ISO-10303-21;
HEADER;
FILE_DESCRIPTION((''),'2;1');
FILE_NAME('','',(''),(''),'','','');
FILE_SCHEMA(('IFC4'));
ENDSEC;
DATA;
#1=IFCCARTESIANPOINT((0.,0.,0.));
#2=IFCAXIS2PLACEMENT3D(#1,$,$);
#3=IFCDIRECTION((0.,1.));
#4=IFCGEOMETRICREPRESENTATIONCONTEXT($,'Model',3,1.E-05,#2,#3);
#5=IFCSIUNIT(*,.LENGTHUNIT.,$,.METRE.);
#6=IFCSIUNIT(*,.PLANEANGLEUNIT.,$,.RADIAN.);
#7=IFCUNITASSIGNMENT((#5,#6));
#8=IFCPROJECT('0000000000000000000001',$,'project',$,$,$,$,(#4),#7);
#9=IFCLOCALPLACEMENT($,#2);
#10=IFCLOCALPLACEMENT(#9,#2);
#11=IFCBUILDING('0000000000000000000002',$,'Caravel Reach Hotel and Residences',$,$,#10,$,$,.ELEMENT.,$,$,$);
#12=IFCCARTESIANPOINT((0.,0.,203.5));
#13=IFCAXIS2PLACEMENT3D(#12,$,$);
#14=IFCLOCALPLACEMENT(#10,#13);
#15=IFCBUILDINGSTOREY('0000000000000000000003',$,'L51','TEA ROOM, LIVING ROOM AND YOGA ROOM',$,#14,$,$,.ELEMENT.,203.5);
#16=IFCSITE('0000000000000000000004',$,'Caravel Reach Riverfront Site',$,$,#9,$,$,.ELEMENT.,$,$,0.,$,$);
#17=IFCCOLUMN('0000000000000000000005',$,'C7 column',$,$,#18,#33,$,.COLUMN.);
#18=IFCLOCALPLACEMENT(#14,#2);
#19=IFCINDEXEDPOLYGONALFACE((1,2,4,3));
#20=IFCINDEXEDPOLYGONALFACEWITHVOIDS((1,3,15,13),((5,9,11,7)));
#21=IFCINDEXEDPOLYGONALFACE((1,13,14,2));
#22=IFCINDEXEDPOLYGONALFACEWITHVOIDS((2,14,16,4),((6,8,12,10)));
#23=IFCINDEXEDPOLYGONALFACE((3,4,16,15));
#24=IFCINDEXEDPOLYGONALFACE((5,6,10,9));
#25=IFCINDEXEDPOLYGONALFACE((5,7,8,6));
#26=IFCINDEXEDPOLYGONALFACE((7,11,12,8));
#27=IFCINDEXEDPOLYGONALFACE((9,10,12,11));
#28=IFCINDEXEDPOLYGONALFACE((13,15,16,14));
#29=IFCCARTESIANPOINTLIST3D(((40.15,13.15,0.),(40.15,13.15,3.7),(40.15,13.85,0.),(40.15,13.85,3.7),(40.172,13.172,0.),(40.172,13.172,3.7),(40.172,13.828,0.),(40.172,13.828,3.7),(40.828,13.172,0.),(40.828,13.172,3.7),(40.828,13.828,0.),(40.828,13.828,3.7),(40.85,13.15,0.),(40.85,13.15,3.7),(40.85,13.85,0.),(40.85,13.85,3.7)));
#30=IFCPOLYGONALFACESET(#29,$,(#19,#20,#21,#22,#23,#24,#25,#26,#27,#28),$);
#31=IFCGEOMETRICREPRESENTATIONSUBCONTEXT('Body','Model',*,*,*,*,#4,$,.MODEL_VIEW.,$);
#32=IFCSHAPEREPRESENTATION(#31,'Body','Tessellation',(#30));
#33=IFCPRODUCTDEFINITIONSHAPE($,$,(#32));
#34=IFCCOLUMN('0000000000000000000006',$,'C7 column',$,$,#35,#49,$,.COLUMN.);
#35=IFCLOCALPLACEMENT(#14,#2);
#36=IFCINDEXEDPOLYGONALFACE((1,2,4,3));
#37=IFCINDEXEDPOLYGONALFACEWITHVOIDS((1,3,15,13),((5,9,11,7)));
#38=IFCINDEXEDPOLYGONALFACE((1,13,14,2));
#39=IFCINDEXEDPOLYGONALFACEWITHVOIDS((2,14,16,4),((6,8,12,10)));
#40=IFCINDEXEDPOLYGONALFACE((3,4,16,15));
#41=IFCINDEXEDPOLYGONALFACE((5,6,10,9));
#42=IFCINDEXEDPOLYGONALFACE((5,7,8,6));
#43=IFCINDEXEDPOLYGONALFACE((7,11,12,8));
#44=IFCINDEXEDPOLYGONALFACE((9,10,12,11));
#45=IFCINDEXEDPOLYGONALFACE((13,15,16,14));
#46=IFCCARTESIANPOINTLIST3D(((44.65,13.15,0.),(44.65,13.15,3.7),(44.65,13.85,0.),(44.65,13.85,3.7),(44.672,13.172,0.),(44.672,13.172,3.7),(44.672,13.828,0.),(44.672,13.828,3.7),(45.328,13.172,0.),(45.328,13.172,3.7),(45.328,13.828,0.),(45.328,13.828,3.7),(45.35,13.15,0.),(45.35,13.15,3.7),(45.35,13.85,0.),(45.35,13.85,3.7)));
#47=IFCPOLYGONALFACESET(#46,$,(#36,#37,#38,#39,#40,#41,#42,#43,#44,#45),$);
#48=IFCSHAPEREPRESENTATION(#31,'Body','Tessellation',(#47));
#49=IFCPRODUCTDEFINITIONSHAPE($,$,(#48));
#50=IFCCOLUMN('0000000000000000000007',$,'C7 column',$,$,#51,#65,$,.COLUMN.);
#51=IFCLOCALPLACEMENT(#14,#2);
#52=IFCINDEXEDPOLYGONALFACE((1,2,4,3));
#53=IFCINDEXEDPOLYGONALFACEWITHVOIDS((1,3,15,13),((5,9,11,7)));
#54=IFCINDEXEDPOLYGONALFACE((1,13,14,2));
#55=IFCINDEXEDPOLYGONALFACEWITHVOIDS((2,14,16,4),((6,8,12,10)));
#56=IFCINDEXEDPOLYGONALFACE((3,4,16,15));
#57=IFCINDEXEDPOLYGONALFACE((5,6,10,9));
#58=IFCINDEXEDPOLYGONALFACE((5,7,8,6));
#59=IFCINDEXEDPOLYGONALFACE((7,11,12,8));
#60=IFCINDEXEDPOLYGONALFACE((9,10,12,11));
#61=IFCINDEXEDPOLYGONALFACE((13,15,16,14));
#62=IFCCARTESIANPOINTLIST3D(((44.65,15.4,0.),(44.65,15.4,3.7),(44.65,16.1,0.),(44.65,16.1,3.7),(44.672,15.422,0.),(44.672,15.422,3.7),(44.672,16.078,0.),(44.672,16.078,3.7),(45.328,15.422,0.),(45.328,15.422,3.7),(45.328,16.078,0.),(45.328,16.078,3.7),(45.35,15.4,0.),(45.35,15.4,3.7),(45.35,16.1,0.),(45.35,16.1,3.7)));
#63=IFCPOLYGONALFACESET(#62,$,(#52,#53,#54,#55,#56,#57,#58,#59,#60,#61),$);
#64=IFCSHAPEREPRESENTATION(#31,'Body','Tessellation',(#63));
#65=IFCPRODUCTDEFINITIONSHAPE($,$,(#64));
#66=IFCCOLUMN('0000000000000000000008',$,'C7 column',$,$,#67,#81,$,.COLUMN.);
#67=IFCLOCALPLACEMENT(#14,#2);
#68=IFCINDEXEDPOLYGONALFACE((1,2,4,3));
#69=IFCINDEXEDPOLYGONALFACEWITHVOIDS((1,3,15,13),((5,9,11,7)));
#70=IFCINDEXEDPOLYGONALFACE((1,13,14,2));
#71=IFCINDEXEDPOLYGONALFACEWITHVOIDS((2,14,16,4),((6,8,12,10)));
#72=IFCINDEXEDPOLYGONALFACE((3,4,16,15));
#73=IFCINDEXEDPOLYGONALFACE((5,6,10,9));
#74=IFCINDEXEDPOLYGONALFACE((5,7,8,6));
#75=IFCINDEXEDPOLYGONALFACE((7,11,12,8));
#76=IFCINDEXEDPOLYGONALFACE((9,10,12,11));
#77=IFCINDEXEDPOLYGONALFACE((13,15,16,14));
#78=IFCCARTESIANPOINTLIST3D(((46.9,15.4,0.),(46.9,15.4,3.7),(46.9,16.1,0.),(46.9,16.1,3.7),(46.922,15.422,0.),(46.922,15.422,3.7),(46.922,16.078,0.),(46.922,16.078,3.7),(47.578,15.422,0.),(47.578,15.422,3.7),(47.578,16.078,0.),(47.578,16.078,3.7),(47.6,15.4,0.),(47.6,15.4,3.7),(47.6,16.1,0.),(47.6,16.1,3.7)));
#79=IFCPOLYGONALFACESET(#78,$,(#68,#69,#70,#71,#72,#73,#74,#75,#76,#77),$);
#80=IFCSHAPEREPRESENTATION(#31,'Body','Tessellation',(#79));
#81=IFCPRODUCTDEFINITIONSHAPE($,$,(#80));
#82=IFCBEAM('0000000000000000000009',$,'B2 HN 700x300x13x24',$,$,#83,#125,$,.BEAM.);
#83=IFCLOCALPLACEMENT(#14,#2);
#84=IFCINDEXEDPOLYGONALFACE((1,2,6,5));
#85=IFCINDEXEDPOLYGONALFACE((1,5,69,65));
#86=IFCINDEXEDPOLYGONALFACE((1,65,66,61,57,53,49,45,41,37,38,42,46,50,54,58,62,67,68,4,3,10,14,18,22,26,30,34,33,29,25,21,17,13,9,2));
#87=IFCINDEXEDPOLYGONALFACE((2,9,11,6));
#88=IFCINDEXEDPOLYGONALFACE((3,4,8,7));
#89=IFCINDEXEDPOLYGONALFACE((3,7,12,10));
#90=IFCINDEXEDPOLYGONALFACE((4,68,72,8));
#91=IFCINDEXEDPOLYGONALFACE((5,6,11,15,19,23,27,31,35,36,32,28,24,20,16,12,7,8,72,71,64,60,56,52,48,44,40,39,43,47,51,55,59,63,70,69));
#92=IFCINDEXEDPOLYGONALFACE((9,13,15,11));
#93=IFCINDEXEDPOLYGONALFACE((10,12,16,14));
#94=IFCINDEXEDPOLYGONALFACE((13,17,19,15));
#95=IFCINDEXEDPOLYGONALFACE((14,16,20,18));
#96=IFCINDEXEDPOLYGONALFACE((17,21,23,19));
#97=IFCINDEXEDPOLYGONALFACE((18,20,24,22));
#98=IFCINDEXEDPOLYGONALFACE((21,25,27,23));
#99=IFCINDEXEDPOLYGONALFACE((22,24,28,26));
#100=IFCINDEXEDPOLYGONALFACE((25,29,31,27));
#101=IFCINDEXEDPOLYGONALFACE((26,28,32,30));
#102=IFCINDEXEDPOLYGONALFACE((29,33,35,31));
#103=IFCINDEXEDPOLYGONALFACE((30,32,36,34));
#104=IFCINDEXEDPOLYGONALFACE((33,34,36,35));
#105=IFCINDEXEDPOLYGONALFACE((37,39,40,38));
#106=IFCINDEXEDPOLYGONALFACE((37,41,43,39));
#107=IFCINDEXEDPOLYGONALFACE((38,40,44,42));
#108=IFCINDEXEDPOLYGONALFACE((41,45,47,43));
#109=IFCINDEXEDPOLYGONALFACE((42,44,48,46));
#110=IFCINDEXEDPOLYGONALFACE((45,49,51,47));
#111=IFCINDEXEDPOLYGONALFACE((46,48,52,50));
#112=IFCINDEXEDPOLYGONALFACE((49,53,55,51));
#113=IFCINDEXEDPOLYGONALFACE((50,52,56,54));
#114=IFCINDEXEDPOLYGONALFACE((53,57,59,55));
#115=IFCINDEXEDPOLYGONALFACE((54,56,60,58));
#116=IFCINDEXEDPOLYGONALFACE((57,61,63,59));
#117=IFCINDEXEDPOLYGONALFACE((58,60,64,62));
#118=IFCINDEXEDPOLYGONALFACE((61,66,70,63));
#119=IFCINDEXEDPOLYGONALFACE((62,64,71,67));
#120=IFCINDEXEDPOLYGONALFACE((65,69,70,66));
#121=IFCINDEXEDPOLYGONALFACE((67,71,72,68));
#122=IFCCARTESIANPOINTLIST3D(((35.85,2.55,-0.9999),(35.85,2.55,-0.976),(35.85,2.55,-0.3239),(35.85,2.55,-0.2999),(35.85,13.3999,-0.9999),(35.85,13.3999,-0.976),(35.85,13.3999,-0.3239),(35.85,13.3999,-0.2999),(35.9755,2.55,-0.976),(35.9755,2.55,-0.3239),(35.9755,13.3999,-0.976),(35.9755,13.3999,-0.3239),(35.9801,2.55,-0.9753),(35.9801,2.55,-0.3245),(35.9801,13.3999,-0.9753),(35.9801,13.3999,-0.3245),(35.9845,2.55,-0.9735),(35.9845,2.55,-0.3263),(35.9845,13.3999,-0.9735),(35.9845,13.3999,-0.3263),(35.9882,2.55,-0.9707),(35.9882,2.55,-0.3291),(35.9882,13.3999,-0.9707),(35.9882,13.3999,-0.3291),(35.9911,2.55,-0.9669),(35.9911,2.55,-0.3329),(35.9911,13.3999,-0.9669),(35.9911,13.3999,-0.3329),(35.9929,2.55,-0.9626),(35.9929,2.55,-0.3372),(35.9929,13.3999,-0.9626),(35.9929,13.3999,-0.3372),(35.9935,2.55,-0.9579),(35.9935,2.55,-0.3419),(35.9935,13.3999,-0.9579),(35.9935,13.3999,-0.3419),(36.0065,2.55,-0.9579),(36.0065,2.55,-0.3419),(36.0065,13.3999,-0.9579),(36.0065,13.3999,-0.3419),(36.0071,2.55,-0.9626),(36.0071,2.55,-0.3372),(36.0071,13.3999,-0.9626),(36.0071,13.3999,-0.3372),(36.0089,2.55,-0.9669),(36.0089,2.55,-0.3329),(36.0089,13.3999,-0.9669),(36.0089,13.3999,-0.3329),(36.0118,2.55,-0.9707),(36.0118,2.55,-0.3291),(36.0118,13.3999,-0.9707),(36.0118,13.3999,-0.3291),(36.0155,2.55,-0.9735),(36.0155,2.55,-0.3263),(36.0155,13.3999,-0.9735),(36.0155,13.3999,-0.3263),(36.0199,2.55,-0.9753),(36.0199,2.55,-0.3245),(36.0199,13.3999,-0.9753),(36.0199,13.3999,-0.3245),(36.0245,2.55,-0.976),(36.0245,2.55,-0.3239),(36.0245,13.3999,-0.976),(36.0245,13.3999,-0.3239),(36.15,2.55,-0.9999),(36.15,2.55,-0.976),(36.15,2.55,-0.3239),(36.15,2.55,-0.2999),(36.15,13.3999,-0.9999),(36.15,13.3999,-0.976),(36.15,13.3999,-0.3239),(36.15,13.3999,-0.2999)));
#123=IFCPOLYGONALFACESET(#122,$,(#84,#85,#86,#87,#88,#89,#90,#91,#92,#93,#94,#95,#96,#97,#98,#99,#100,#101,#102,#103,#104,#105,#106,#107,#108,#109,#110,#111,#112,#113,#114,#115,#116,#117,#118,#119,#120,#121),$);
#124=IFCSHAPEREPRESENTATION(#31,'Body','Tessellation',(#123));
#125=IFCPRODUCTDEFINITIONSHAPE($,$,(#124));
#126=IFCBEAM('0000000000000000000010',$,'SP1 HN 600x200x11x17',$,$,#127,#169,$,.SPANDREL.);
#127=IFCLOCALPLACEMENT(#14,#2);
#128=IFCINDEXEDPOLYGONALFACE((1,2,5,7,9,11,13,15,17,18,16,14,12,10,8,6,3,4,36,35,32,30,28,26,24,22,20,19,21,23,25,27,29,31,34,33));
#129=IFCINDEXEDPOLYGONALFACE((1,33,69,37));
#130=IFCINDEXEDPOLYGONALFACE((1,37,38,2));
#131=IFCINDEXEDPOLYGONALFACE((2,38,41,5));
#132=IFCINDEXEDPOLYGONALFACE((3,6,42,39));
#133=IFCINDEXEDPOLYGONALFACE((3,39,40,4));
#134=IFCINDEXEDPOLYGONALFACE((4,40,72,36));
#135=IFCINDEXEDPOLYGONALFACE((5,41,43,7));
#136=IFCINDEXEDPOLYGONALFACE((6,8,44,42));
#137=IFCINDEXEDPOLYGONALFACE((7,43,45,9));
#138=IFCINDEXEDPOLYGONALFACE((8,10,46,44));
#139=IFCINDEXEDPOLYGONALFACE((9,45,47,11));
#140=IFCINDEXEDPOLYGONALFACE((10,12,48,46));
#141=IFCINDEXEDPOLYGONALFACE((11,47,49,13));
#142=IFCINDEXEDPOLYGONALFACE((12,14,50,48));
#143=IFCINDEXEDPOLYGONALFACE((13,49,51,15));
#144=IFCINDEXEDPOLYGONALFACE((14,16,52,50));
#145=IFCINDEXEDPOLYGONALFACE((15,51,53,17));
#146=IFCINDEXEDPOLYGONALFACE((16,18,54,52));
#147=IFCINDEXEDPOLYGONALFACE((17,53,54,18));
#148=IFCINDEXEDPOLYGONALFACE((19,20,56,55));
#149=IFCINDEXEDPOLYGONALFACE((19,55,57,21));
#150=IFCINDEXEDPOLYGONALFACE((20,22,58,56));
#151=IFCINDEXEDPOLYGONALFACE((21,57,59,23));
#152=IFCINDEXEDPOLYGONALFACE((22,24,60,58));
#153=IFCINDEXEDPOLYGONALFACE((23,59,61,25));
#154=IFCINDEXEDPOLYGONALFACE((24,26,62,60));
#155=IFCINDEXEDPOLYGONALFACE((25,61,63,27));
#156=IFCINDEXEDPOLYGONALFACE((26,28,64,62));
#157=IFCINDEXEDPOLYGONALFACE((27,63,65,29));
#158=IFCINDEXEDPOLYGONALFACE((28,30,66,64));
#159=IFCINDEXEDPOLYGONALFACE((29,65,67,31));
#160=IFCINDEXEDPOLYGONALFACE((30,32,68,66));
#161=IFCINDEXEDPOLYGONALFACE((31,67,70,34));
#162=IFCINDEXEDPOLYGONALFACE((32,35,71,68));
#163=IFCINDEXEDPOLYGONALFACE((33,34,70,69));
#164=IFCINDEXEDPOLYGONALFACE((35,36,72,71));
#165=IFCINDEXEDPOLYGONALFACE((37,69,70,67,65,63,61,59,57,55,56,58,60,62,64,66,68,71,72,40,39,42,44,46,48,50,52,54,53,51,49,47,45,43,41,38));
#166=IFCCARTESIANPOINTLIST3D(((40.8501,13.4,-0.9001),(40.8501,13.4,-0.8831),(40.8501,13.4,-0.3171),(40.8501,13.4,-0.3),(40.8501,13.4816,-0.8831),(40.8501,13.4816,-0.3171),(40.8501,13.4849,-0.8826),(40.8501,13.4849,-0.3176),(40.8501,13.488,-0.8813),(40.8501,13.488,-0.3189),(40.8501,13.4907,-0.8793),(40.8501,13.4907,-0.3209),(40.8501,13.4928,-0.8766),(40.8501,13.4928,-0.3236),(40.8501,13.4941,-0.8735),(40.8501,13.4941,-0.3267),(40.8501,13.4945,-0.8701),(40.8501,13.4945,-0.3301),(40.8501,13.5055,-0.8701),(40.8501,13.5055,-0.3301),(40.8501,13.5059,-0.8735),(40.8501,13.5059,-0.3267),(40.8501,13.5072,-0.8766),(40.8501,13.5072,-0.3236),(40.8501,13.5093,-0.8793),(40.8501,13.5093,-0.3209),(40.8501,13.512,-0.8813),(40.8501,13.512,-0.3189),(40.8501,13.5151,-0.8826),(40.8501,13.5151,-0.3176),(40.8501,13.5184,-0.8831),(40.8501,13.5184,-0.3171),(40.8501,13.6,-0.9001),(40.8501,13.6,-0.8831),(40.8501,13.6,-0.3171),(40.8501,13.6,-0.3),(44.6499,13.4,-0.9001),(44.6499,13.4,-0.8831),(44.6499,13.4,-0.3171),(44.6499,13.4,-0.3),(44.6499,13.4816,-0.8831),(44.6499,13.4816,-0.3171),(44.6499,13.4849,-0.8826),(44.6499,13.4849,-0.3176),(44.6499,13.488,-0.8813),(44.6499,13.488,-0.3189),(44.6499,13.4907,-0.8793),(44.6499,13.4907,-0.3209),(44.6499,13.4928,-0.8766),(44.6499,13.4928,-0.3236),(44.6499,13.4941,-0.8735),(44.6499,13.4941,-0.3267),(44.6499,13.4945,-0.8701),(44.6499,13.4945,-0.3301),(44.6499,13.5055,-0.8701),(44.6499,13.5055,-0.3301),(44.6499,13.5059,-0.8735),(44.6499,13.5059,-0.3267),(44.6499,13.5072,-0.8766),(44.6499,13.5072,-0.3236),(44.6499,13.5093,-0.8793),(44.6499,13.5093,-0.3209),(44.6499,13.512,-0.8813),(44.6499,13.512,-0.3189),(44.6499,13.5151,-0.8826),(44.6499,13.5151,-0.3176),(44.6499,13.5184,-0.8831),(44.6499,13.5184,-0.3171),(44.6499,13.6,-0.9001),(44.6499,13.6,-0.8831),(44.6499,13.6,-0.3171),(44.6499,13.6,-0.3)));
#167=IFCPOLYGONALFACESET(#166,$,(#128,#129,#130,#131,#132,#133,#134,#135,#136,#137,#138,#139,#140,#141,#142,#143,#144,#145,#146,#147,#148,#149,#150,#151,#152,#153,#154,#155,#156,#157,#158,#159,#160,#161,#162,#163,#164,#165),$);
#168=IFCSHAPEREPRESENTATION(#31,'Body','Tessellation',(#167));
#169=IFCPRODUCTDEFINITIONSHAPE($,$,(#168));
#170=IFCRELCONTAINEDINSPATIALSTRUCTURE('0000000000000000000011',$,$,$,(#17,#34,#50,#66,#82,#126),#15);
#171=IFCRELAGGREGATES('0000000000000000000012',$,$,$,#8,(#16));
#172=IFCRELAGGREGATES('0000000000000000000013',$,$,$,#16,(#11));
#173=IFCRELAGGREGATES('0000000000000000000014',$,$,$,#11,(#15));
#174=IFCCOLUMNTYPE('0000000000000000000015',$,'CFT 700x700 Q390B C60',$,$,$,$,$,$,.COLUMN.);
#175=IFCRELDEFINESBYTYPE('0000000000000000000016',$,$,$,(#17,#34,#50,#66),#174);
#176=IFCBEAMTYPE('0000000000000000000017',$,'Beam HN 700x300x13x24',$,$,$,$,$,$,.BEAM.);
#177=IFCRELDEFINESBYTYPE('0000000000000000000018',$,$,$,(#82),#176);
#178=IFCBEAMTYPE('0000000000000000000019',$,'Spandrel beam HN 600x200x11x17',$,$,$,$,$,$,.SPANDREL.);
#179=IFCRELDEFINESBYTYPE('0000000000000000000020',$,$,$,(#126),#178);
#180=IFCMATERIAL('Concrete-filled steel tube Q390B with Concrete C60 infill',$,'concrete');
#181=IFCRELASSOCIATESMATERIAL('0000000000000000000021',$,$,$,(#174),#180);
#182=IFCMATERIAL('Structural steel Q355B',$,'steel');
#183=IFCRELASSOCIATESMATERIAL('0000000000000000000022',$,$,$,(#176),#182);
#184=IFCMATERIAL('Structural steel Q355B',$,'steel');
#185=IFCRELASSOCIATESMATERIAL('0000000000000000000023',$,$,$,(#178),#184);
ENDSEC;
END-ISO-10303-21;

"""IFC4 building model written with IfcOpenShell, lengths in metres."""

from ifc_helpers import new_model, si_unit, direction, frame, origin, origin_2d, place, context, subcontext, project, spatial, hollow_rectangle, i_section, extrude, material, material_profile, profile_set, type_object, element, save


model = new_model("IFC4")

# Units and contexts
model_context = context("Model", 3, precision=1e-05, world=origin(), true_north=direction((0.0, 1.0)))
body_context = subcontext(model_context, "Body", "Model", "MODEL_VIEW")
ifc_project = project(units=[si_unit("LENGTHUNIT", "METRE"), si_unit("PLANEANGLEUNIT", "RADIAN")], contexts=[model_context])

# Site, building, storey
site_placement = place(None, origin())
site = spatial("IfcSite", under=ifc_project, at=site_placement, Name="Caravel Reach Riverfront Site", CompositionType="ELEMENT", RefElevation=0.0)
building_placement = place(site_placement, origin())
building = spatial("IfcBuilding", under=site, at=building_placement, Name="Caravel Reach Hotel and Residences", CompositionType="ELEMENT")
storey_placement = place(building_placement, frame((0.0, 0.0, 203.5)))
storey = spatial("IfcBuildingStorey", under=building, at=storey_placement, Name="L51", Description="TEA ROOM, LIVING ROOM AND YOGA ROOM", CompositionType="ELEMENT", Elevation=203.5)

# Columns
ifc_material_1 = material(Name="Concrete-filled steel tube Q390B with Concrete C60 infill", Category="concrete")
ifc_material_profile_1 = material_profile(ifc_material_1, hollow_rectangle(XDim=0.7, YDim=0.7, WallThickness=0.022, at=origin_2d()), Name="RHS 700x700x22")
ifc_profile_set_1 = profile_set([ifc_material_profile_1], Name="Concrete-filled steel tube Q390B with Concrete C60 infill")
column_type = type_object("IfcColumnType", Name="CFT 700x700 Q390B C60", PredefinedType="COLUMN", material=ifc_profile_set_1)
for number, where, z_axis, x_axis, name in (
    (1, (40.5, 13.5, 0.0), (0.0, 0.0, 1.0), (1.0, 0.0, 0.0), "C7 column"),
    (2, (45.0, 13.5, 0.0), (0.0, 0.0, 1.0), (1.0, 0.0, 0.0), "C7 column"),
    (3, (45.0, 15.75, 0.0), (0.0, 0.0, 1.0), (1.0, 0.0, 0.0), "C7 column"),
    (4, (47.25, 15.75, 0.0), (0.0, 0.0, 1.0), (1.0, 0.0, 0.0), "C7 column"),
):
    element("IfcColumn", number, at=place(storey_placement, frame(where, z_axis=z_axis, x_axis=x_axis)), inside=storey, type_object=column_type, Name=name, PredefinedType="COLUMN", context=body_context, shape_type="SweptSolid", body=[
        extrude(hollow_rectangle(XDim=0.7, YDim=0.7, WallThickness=0.022, at=origin_2d()), origin(), (0.0, 0.0, 1.0), 3.7),
    ])

# Beams
ifc_material_2 = material(Name="Structural steel Q355B", Category="steel")
ifc_material_profile_2 = material_profile(ifc_material_2, i_section(OverallWidth=0.3, OverallDepth=0.7, WebThickness=0.0129, FlangeThickness=0.0239, FilletRadius=0.0181, at=origin_2d()), Name="HN 700x300x13x24")
ifc_profile_set_2 = profile_set([ifc_material_profile_2], Name="Structural steel Q355B")
beam_type_1 = type_object("IfcBeamType", Name="Beam HN 700x300x13x24", PredefinedType="BEAM", material=ifc_profile_set_2)
beam_1_placement = place(storey_placement, frame((36.0, 13.3999, -0.6499), z_axis=(0.0, -1.0, 0.0), x_axis=(1.0, 0.0, 0.0)))
element("IfcBeam", 5, at=beam_1_placement, inside=storey, type_object=beam_type_1, Name="B2 HN 700x300x13x24", PredefinedType="BEAM", context=body_context, shape_type="SweptSolid", body=[
    extrude(i_section(OverallWidth=0.3, OverallDepth=0.7, WebThickness=0.0129, FlangeThickness=0.0239, FilletRadius=0.0181, at=origin_2d()), origin(), (0.0, 0.0, 1.0), 10.8499),
])
ifc_material_3 = material(Name="Structural steel Q355B", Category="steel")
ifc_material_profile_3 = material_profile(ifc_material_3, i_section(OverallWidth=0.2, OverallDepth=0.6001, WebThickness=0.011, FlangeThickness=0.0171, FilletRadius=0.0129, at=origin_2d()), Name="HN 600x200x11x17")
ifc_profile_set_3 = profile_set([ifc_material_profile_3], Name="Structural steel Q355B")
beam_type_2 = type_object("IfcBeamType", Name="Spandrel beam HN 600x200x11x17", PredefinedType="SPANDREL", material=ifc_profile_set_3)
beam_2_placement = place(storey_placement, frame((40.8501, 13.5, -0.6001), z_axis=(1.0, 0.0, 0.0), x_axis=(0.0, 1.0, 0.0)))
element("IfcBeam", 6, at=beam_2_placement, inside=storey, type_object=beam_type_2, Name="SP1 HN 600x200x11x17", PredefinedType="SPANDREL", context=body_context, shape_type="SweptSolid", body=[
    extrude(i_section(OverallWidth=0.2, OverallDepth=0.6001, WebThickness=0.011, FlangeThickness=0.0171, FilletRadius=0.0129, at=origin_2d()), origin(), (0.0, 0.0, 1.0), 3.7998),
])

save(model, "model.ifc")
